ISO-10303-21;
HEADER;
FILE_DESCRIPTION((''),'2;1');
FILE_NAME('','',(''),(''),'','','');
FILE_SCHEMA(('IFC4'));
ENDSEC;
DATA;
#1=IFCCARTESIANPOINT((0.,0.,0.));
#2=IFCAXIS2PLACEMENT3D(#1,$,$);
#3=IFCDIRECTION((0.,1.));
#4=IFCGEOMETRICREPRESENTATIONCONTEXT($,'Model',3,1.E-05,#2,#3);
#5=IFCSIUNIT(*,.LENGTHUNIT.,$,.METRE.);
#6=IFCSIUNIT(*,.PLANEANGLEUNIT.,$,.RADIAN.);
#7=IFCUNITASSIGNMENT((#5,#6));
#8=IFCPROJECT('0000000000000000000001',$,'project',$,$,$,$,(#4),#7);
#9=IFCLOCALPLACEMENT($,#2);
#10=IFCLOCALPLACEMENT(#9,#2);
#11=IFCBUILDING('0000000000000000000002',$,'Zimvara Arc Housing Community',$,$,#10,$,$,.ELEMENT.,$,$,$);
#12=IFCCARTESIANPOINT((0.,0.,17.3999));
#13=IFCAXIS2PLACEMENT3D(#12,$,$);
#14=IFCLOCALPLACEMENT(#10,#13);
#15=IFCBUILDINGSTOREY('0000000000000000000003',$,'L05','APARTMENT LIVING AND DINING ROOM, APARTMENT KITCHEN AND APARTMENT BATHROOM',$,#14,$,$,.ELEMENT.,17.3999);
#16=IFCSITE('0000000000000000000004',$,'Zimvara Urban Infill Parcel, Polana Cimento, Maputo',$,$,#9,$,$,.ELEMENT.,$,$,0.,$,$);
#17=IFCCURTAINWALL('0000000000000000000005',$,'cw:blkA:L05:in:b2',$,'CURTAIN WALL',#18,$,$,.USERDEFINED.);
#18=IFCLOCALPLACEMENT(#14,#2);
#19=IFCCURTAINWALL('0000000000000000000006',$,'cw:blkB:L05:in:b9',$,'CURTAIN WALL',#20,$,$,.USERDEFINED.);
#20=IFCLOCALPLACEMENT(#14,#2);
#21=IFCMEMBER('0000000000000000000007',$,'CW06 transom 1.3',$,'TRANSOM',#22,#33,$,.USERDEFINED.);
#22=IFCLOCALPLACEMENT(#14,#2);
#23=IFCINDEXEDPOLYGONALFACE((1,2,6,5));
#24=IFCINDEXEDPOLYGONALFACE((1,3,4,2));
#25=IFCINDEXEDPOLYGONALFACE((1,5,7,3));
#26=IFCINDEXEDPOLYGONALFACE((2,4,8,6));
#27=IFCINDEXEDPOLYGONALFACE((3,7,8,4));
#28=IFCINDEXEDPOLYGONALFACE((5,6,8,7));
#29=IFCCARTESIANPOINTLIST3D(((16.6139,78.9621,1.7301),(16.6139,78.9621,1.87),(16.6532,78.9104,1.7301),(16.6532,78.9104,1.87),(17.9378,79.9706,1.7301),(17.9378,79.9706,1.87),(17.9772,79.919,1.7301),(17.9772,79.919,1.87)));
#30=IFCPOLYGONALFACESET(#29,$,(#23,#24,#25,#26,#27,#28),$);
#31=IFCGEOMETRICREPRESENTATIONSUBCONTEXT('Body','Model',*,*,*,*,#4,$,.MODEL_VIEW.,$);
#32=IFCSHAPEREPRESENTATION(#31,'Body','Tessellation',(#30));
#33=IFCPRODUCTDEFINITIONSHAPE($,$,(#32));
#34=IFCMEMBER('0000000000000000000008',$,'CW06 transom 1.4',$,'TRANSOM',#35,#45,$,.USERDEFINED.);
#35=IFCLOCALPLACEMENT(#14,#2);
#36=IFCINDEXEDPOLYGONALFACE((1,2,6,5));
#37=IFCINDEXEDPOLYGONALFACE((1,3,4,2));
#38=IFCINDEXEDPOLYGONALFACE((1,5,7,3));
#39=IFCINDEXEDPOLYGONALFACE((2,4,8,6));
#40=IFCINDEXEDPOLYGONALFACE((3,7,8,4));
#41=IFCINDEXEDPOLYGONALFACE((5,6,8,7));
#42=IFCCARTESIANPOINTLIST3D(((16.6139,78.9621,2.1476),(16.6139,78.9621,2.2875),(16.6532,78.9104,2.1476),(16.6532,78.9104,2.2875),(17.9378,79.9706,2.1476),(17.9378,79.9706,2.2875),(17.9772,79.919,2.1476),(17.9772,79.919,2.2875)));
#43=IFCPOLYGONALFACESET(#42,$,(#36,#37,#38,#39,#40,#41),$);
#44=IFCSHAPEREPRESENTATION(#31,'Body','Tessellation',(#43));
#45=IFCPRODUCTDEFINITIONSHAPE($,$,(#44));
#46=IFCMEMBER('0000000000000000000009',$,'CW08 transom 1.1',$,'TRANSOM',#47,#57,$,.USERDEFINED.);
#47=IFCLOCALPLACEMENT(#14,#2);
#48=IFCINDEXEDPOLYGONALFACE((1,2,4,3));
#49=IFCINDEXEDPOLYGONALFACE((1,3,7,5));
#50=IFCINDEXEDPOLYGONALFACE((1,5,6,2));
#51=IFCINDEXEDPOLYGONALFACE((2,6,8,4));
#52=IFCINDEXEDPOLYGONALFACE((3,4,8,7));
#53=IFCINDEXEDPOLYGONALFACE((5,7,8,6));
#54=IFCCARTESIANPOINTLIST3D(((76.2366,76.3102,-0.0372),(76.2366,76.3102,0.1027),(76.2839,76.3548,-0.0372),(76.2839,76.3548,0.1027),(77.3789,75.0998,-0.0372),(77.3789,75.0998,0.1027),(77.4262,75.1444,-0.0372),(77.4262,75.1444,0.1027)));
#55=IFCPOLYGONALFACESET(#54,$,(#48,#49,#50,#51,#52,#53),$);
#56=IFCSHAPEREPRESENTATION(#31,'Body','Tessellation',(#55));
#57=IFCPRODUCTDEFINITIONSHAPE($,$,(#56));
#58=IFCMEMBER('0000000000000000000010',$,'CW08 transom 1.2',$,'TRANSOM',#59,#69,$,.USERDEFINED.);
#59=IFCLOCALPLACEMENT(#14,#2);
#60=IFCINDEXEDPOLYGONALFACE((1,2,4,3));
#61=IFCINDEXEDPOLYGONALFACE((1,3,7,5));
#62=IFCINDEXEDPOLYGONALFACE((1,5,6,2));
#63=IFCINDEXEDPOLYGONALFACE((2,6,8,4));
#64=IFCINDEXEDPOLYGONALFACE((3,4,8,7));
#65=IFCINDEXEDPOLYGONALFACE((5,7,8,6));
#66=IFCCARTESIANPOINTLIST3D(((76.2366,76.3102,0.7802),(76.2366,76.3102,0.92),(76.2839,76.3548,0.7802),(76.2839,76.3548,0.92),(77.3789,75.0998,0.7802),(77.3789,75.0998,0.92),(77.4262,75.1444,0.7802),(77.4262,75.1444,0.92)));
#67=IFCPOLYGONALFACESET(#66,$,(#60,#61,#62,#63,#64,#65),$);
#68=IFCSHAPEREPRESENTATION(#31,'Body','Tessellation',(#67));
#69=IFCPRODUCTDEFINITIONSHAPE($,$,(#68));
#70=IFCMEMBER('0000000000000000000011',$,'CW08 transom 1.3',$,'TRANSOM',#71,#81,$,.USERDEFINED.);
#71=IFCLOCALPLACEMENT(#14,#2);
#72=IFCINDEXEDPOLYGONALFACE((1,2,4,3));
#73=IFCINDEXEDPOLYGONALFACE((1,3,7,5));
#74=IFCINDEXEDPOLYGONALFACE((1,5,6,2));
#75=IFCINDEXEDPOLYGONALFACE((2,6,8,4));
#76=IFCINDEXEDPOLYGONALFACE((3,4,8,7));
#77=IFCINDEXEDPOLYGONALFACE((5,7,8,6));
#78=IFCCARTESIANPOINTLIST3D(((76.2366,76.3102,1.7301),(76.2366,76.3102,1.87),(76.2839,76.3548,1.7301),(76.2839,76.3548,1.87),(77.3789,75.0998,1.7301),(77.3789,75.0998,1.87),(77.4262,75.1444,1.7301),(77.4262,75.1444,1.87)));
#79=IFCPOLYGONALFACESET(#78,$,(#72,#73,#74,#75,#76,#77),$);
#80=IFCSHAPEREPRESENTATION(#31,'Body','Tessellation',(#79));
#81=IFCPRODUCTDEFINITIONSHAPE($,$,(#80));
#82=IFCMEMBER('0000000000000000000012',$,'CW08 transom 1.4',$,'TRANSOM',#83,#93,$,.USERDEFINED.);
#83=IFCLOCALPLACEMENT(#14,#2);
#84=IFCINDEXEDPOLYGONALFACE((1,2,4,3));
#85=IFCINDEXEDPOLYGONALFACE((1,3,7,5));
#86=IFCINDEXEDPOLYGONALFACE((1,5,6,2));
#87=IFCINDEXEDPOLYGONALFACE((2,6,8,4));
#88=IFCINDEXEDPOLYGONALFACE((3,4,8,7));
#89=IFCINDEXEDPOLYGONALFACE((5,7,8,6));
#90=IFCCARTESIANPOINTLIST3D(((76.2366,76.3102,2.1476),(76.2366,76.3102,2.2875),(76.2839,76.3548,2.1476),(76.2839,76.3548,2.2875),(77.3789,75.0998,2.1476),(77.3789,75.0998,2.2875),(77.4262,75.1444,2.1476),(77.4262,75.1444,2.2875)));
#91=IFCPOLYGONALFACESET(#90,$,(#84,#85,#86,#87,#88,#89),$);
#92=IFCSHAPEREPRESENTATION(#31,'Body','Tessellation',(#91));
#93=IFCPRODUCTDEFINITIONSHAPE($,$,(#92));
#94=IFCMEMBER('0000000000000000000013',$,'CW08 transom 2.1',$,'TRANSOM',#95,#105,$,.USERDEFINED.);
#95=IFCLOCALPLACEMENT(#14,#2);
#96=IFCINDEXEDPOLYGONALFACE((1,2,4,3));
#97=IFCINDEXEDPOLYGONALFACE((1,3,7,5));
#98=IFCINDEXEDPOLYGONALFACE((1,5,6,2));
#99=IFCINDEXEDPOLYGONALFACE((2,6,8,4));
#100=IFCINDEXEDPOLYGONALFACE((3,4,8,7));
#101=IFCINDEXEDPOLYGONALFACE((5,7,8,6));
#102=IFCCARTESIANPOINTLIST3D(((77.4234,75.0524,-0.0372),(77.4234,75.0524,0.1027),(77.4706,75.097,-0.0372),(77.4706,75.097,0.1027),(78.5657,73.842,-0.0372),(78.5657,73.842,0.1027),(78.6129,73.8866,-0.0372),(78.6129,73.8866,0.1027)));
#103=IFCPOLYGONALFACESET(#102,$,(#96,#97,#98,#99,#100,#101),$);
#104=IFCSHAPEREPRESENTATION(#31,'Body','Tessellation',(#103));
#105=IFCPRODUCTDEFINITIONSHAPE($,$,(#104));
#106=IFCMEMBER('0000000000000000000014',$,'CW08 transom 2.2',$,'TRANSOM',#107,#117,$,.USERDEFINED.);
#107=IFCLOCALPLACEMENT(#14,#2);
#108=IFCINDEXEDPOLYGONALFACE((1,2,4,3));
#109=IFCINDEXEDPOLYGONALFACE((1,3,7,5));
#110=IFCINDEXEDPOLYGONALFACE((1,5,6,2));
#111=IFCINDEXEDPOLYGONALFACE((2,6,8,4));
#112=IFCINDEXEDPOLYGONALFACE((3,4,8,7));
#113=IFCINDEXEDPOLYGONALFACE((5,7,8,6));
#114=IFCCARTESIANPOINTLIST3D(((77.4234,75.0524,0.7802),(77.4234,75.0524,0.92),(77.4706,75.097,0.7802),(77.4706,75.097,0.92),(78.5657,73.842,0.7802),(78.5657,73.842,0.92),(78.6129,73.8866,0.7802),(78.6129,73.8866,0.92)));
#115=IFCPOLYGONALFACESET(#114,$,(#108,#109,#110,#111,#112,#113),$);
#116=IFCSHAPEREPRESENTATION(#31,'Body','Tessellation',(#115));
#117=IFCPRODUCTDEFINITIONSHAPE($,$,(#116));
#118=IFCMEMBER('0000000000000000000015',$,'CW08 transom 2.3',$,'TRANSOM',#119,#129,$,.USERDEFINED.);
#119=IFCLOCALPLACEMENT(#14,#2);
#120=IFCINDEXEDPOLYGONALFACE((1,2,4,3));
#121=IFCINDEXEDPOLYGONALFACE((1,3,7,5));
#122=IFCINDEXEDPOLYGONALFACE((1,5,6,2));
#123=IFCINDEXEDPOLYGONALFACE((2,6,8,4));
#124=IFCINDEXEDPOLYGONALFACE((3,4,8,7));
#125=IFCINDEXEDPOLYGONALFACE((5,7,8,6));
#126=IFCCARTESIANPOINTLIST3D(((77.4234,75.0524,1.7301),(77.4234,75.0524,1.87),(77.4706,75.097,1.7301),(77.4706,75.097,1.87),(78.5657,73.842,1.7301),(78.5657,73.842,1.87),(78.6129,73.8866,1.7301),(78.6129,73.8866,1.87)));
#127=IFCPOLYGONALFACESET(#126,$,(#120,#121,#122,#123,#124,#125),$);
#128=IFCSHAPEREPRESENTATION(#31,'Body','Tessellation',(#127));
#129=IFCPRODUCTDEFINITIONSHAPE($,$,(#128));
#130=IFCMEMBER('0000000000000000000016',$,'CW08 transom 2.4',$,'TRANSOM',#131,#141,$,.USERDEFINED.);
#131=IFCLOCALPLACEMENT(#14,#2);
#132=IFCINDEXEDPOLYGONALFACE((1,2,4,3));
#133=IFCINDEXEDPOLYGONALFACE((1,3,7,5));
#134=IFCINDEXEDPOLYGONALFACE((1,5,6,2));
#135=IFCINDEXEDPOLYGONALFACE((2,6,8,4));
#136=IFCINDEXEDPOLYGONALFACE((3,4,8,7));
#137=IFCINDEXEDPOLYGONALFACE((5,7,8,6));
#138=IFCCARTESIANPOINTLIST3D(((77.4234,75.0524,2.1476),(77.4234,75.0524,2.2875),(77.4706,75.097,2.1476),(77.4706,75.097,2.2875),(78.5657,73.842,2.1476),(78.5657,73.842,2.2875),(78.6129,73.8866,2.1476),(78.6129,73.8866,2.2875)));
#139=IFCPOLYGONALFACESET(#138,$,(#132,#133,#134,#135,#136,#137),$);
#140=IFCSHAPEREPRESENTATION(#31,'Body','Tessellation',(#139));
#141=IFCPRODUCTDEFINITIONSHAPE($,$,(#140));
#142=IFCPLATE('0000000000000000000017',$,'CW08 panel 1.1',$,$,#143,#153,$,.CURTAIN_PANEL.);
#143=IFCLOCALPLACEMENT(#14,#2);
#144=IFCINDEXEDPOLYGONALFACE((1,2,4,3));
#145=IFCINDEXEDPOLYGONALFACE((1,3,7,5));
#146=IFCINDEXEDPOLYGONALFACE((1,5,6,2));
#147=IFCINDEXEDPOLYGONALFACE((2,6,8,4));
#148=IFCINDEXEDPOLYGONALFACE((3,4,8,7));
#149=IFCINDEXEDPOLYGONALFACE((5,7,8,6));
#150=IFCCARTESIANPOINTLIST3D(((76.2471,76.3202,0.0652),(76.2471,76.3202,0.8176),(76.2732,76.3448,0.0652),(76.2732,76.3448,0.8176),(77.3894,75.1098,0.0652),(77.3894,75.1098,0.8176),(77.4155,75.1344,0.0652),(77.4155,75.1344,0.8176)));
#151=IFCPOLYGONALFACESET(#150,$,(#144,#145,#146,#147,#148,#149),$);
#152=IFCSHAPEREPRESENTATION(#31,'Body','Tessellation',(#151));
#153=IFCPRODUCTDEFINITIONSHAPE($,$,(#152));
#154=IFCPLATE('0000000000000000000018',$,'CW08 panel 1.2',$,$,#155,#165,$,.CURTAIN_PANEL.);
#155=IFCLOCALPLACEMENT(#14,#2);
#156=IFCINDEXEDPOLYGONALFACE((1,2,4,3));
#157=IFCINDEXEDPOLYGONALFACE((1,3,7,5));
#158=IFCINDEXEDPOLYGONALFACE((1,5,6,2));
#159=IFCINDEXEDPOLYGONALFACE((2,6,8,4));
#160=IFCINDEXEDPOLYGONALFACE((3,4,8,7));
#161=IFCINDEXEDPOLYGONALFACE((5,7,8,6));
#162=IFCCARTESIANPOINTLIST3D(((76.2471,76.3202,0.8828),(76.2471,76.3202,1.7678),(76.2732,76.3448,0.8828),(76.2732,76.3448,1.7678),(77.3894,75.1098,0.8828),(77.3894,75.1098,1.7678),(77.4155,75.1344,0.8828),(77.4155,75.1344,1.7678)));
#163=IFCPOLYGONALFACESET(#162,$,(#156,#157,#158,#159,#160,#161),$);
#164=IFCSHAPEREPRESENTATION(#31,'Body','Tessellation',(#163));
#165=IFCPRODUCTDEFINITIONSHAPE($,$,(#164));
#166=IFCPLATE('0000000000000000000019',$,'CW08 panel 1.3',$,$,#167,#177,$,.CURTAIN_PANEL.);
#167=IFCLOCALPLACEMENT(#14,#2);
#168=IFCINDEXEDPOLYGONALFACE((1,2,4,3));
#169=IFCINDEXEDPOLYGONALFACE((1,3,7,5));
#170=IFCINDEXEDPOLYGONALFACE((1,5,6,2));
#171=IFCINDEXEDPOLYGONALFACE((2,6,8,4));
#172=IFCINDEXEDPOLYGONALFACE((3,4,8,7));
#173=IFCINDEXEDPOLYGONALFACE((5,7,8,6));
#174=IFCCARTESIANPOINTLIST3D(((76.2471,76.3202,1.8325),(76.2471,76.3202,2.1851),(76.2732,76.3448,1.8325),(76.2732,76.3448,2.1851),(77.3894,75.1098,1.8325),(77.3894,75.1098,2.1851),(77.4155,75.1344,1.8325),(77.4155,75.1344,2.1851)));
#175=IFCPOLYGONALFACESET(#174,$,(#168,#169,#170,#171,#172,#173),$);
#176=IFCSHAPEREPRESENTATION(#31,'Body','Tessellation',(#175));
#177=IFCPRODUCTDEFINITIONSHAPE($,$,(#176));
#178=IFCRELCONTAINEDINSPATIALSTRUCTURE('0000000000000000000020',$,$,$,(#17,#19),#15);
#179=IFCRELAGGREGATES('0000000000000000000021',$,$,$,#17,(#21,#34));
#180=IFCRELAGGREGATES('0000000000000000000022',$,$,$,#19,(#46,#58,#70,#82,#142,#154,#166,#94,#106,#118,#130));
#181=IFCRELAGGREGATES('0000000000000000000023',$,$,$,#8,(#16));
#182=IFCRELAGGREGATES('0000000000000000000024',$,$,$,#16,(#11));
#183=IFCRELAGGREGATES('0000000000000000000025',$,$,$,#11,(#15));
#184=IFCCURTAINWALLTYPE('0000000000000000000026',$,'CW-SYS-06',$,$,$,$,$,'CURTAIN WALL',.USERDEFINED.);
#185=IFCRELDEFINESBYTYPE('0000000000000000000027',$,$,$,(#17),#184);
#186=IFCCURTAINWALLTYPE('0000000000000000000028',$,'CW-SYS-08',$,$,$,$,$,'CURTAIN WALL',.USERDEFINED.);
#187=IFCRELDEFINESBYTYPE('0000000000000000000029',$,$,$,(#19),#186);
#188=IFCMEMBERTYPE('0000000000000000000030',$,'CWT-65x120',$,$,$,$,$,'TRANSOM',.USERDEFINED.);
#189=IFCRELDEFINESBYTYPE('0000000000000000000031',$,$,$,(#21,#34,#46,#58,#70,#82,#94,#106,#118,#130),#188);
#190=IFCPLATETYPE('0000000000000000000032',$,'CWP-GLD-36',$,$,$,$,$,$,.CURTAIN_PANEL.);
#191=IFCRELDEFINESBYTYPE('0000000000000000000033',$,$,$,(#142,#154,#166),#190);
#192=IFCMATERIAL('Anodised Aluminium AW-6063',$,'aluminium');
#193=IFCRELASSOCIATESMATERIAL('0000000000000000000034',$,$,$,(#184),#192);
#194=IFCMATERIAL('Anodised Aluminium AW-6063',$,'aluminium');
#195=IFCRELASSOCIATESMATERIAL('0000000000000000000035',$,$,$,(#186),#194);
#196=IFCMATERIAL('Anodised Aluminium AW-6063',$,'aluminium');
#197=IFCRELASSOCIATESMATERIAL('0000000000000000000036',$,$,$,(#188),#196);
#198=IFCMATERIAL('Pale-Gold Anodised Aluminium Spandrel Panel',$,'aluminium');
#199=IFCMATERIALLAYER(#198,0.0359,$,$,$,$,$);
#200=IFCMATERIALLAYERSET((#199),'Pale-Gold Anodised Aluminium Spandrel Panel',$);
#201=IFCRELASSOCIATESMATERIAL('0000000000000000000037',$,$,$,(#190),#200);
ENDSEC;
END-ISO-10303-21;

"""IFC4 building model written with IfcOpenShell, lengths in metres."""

from ifc_helpers import new_model, si_unit, direction, frame, origin, origin_2d, place, context, subcontext, project, spatial, rectangle, extrude, material, layer, layer_set, material_profile, profile_set, type_object, element, aggregate, save


model = new_model("IFC4")

# Units and contexts
model_context = context("Model", 3, precision=1e-05, world=origin(), true_north=direction((0.0, 1.0)))
body_context = subcontext(model_context, "Body", "Model", "MODEL_VIEW")
ifc_project = project(units=[si_unit("LENGTHUNIT", "METRE"), si_unit("PLANEANGLEUNIT", "RADIAN")], contexts=[model_context])

# Site, building, storey
site_placement = place(None, origin())
site = spatial("IfcSite", under=ifc_project, at=site_placement, Name="Zimvara Urban Infill Parcel, Polana Cimento, Maputo", CompositionType="ELEMENT", RefElevation=0.0)
building_placement = place(site_placement, origin())
building = spatial("IfcBuilding", under=site, at=building_placement, Name="Zimvara Arc Housing Community", CompositionType="ELEMENT")
storey_placement = place(building_placement, frame((0.0, 0.0, 17.3999)))
storey = spatial("IfcBuildingStorey", under=building, at=storey_placement, Name="L05", Description="APARTMENT LIVING AND DINING ROOM, APARTMENT KITCHEN AND APARTMENT BATHROOM", CompositionType="ELEMENT", Elevation=17.3999)

# Curtain wall
ifc_material_1 = material(Name="Anodised Aluminium AW-6063", Category="aluminium")
curtain_wall_type_1 = type_object("IfcCurtainWallType", Name="CW-SYS-06", ElementType="CURTAIN WALL", PredefinedType="USERDEFINED", material=ifc_material_1)
curtain_wall_1_placement = place(storey_placement, origin())
curtain_wall_1 = element("IfcCurtainWall", 1, at=curtain_wall_1_placement, inside=storey, type_object=curtain_wall_type_1, Name="cw:blkA:L05:in:b2", ObjectType="CURTAIN WALL", PredefinedType="USERDEFINED")

# Curtain wall
ifc_material_2 = material(Name="Anodised Aluminium AW-6063", Category="aluminium")
curtain_wall_type_2 = type_object("IfcCurtainWallType", Name="CW-SYS-08", ElementType="CURTAIN WALL", PredefinedType="USERDEFINED", material=ifc_material_2)
curtain_wall_2_placement = place(storey_placement, origin())
curtain_wall_2 = element("IfcCurtainWall", 2, at=curtain_wall_2_placement, inside=storey, type_object=curtain_wall_type_2, Name="cw:blkB:L05:in:b9", ObjectType="CURTAIN WALL", PredefinedType="USERDEFINED")

# Members
ifc_material_3 = material(Name="Anodised Aluminium AW-6063", Category="aluminium")
ifc_material_profile_1 = material_profile(ifc_material_3, rectangle(XDim=0.0649, YDim=0.1399, at=origin_2d()), Name="ALU 65x140")
ifc_profile_set_1 = profile_set([ifc_material_profile_1], Name="Anodised Aluminium AW-6063")
member_type_1 = type_object("IfcMemberType", Name="CWT-65x120", ElementType="TRANSOM", PredefinedType="USERDEFINED", material=ifc_profile_set_1)
member_1_placement = place(storey_placement, frame((16.6335, 78.9363, 1.8), z_axis=(0.795489, 0.605968, 0.0), x_axis=(-0.605968, 0.795489, 0.0)))
member_1 = element("IfcMember", 3, at=member_1_placement, type_object=member_type_1, Name="CW06 transom 1.3", ObjectType="TRANSOM", PredefinedType="USERDEFINED", context=body_context, shape_type="SweptSolid", body=[
    extrude(rectangle(XDim=0.0649, YDim=0.1399, at=origin_2d()), origin(), (0.0, 0.0, 1.0), 1.6643),
])
member_2_placement = place(storey_placement, frame((16.6335, 78.9363, 2.2175), z_axis=(0.795489, 0.605968, 0.0), x_axis=(-0.605968, 0.795489, 0.0)))
member_2 = element("IfcMember", 4, at=member_2_placement, type_object=member_type_1, Name="CW06 transom 1.4", ObjectType="TRANSOM", PredefinedType="USERDEFINED", context=body_context, shape_type="SweptSolid", body=[
    extrude(rectangle(XDim=0.0649, YDim=0.1399, at=origin_2d()), origin(), (0.0, 0.0, 1.0), 1.6643),
])
aggregate(curtain_wall_1, [member_1, member_2])
member_3_placement = place(storey_placement, frame((76.2603, 76.3325, 0.0327), z_axis=(0.686348, -0.727273, 0.0), x_axis=(0.727273, 0.686348, 0.0)))
member_3 = element("IfcMember", 5, at=member_3_placement, type_object=member_type_1, Name="CW08 transom 1.1", ObjectType="TRANSOM", PredefinedType="USERDEFINED", context=body_context, shape_type="SweptSolid", body=[
    extrude(rectangle(XDim=0.0649, YDim=0.1399, at=origin_2d()), origin(), (0.0, 0.0, 1.0), 1.6643),
])
member_4_placement = place(storey_placement, frame((76.2603, 76.3325, 0.8501), z_axis=(0.686348, -0.727273, 0.0), x_axis=(0.727273, 0.686348, 0.0)))
member_4 = element("IfcMember", 6, at=member_4_placement, type_object=member_type_1, Name="CW08 transom 1.2", ObjectType="TRANSOM", PredefinedType="USERDEFINED", context=body_context, shape_type="SweptSolid", body=[
    extrude(rectangle(XDim=0.0649, YDim=0.1399, at=origin_2d()), origin(), (0.0, 0.0, 1.0), 1.6643),
])
member_5_placement = place(storey_placement, frame((76.2603, 76.3325, 1.8), z_axis=(0.686348, -0.727273, 0.0), x_axis=(0.727273, 0.686348, 0.0)))
member_5 = element("IfcMember", 7, at=member_5_placement, type_object=member_type_1, Name="CW08 transom 1.3", ObjectType="TRANSOM", PredefinedType="USERDEFINED", context=body_context, shape_type="SweptSolid", body=[
    extrude(rectangle(XDim=0.0649, YDim=0.1399, at=origin_2d()), origin(), (0.0, 0.0, 1.0), 1.6643),
])
member_6_placement = place(storey_placement, frame((76.2603, 76.3325, 2.2175), z_axis=(0.686348, -0.727273, 0.0), x_axis=(0.727273, 0.686348, 0.0)))
member_6 = element("IfcMember", 8, at=member_6_placement, type_object=member_type_1, Name="CW08 transom 1.4", ObjectType="TRANSOM", PredefinedType="USERDEFINED", context=body_context, shape_type="SweptSolid", body=[
    extrude(rectangle(XDim=0.0649, YDim=0.1399, at=origin_2d()), origin(), (0.0, 0.0, 1.0), 1.6643),
])
member_7_placement = place(storey_placement, frame((77.447, 75.0747, 0.0327), z_axis=(0.686348, -0.727273, 0.0), x_axis=(0.727273, 0.686348, 0.0)))
member_7 = element("IfcMember", 9, at=member_7_placement, type_object=member_type_1, Name="CW08 transom 2.1", ObjectType="TRANSOM", PredefinedType="USERDEFINED", context=body_context, shape_type="SweptSolid", body=[
    extrude(rectangle(XDim=0.0649, YDim=0.1399, at=origin_2d()), origin(), (0.0, 0.0, 1.0), 1.6643),
])
member_8_placement = place(storey_placement, frame((77.447, 75.0747, 0.8501), z_axis=(0.686348, -0.727273, 0.0), x_axis=(0.727273, 0.686348, 0.0)))
member_8 = element("IfcMember", 10, at=member_8_placement, type_object=member_type_1, Name="CW08 transom 2.2", ObjectType="TRANSOM", PredefinedType="USERDEFINED", context=body_context, shape_type="SweptSolid", body=[
    extrude(rectangle(XDim=0.0649, YDim=0.1399, at=origin_2d()), origin(), (0.0, 0.0, 1.0), 1.6643),
])
member_9_placement = place(storey_placement, frame((77.447, 75.0747, 1.8), z_axis=(0.686348, -0.727273, 0.0), x_axis=(0.727273, 0.686348, 0.0)))
member_9 = element("IfcMember", 11, at=member_9_placement, type_object=member_type_1, Name="CW08 transom 2.3", ObjectType="TRANSOM", PredefinedType="USERDEFINED", context=body_context, shape_type="SweptSolid", body=[
    extrude(rectangle(XDim=0.0649, YDim=0.1399, at=origin_2d()), origin(), (0.0, 0.0, 1.0), 1.6643),
])
member_10_placement = place(storey_placement, frame((77.447, 75.0747, 2.2175), z_axis=(0.686348, -0.727273, 0.0), x_axis=(0.727273, 0.686348, 0.0)))
member_10 = element("IfcMember", 12, at=member_10_placement, type_object=member_type_1, Name="CW08 transom 2.4", ObjectType="TRANSOM", PredefinedType="USERDEFINED", context=body_context, shape_type="SweptSolid", body=[
    extrude(rectangle(XDim=0.0649, YDim=0.1399, at=origin_2d()), origin(), (0.0, 0.0, 1.0), 1.6643),
])

# Plates
ifc_material_4 = material(Name="Pale-Gold Anodised Aluminium Spandrel Panel", Category="aluminium")
ifc_layer_1 = layer(ifc_material_4, 0.0359)
ifc_layer_set_1 = layer_set([ifc_layer_1], Name="Pale-Gold Anodised Aluminium Spandrel Panel")
plate_type = type_object("IfcPlateType", Name="CWP-GLD-36", PredefinedType="CURTAIN_PANEL", material=ifc_layer_set_1)
plate_1_placement = place(storey_placement, frame((76.8313, 75.7273, 0.0652), z_axis=(0.0, 0.0, 1.0), x_axis=(0.686327, -0.727293, 0.0)))
plate_1 = element("IfcPlate", 13, at=plate_1_placement, type_object=plate_type, Name="CW08 panel 1.1", PredefinedType="CURTAIN_PANEL", context=body_context, shape_type="SweptSolid", body=[
    extrude(rectangle(XDim=1.6643, YDim=0.0359, at=origin_2d()), origin(), (0.0, 0.0, 1.0), 0.7524),
])
plate_2_placement = place(storey_placement, frame((76.8313, 75.7273, 0.8828), z_axis=(0.0, 0.0, 1.0), x_axis=(0.686327, -0.727293, 0.0)))
plate_2 = element("IfcPlate", 14, at=plate_2_placement, type_object=plate_type, Name="CW08 panel 1.2", PredefinedType="CURTAIN_PANEL", context=body_context, shape_type="SweptSolid", body=[
    extrude(rectangle(XDim=1.6643, YDim=0.0359, at=origin_2d()), origin(), (0.0, 0.0, 1.0), 0.885),
])
plate_3_placement = place(storey_placement, frame((76.8313, 75.7273, 1.8325), z_axis=(0.0, 0.0, 1.0), x_axis=(0.686327, -0.727293, 0.0)))
plate_3 = element("IfcPlate", 15, at=plate_3_placement, type_object=plate_type, Name="CW08 panel 1.3", PredefinedType="CURTAIN_PANEL", context=body_context, shape_type="SweptSolid", body=[
    extrude(rectangle(XDim=1.6643, YDim=0.0359, at=origin_2d()), origin(), (0.0, 0.0, 1.0), 0.3525),
])
aggregate(curtain_wall_2, [member_3, member_4, member_5, member_6, plate_1, plate_2, plate_3, member_7, member_8, member_9, member_10])

save(model, "model.ifc")
